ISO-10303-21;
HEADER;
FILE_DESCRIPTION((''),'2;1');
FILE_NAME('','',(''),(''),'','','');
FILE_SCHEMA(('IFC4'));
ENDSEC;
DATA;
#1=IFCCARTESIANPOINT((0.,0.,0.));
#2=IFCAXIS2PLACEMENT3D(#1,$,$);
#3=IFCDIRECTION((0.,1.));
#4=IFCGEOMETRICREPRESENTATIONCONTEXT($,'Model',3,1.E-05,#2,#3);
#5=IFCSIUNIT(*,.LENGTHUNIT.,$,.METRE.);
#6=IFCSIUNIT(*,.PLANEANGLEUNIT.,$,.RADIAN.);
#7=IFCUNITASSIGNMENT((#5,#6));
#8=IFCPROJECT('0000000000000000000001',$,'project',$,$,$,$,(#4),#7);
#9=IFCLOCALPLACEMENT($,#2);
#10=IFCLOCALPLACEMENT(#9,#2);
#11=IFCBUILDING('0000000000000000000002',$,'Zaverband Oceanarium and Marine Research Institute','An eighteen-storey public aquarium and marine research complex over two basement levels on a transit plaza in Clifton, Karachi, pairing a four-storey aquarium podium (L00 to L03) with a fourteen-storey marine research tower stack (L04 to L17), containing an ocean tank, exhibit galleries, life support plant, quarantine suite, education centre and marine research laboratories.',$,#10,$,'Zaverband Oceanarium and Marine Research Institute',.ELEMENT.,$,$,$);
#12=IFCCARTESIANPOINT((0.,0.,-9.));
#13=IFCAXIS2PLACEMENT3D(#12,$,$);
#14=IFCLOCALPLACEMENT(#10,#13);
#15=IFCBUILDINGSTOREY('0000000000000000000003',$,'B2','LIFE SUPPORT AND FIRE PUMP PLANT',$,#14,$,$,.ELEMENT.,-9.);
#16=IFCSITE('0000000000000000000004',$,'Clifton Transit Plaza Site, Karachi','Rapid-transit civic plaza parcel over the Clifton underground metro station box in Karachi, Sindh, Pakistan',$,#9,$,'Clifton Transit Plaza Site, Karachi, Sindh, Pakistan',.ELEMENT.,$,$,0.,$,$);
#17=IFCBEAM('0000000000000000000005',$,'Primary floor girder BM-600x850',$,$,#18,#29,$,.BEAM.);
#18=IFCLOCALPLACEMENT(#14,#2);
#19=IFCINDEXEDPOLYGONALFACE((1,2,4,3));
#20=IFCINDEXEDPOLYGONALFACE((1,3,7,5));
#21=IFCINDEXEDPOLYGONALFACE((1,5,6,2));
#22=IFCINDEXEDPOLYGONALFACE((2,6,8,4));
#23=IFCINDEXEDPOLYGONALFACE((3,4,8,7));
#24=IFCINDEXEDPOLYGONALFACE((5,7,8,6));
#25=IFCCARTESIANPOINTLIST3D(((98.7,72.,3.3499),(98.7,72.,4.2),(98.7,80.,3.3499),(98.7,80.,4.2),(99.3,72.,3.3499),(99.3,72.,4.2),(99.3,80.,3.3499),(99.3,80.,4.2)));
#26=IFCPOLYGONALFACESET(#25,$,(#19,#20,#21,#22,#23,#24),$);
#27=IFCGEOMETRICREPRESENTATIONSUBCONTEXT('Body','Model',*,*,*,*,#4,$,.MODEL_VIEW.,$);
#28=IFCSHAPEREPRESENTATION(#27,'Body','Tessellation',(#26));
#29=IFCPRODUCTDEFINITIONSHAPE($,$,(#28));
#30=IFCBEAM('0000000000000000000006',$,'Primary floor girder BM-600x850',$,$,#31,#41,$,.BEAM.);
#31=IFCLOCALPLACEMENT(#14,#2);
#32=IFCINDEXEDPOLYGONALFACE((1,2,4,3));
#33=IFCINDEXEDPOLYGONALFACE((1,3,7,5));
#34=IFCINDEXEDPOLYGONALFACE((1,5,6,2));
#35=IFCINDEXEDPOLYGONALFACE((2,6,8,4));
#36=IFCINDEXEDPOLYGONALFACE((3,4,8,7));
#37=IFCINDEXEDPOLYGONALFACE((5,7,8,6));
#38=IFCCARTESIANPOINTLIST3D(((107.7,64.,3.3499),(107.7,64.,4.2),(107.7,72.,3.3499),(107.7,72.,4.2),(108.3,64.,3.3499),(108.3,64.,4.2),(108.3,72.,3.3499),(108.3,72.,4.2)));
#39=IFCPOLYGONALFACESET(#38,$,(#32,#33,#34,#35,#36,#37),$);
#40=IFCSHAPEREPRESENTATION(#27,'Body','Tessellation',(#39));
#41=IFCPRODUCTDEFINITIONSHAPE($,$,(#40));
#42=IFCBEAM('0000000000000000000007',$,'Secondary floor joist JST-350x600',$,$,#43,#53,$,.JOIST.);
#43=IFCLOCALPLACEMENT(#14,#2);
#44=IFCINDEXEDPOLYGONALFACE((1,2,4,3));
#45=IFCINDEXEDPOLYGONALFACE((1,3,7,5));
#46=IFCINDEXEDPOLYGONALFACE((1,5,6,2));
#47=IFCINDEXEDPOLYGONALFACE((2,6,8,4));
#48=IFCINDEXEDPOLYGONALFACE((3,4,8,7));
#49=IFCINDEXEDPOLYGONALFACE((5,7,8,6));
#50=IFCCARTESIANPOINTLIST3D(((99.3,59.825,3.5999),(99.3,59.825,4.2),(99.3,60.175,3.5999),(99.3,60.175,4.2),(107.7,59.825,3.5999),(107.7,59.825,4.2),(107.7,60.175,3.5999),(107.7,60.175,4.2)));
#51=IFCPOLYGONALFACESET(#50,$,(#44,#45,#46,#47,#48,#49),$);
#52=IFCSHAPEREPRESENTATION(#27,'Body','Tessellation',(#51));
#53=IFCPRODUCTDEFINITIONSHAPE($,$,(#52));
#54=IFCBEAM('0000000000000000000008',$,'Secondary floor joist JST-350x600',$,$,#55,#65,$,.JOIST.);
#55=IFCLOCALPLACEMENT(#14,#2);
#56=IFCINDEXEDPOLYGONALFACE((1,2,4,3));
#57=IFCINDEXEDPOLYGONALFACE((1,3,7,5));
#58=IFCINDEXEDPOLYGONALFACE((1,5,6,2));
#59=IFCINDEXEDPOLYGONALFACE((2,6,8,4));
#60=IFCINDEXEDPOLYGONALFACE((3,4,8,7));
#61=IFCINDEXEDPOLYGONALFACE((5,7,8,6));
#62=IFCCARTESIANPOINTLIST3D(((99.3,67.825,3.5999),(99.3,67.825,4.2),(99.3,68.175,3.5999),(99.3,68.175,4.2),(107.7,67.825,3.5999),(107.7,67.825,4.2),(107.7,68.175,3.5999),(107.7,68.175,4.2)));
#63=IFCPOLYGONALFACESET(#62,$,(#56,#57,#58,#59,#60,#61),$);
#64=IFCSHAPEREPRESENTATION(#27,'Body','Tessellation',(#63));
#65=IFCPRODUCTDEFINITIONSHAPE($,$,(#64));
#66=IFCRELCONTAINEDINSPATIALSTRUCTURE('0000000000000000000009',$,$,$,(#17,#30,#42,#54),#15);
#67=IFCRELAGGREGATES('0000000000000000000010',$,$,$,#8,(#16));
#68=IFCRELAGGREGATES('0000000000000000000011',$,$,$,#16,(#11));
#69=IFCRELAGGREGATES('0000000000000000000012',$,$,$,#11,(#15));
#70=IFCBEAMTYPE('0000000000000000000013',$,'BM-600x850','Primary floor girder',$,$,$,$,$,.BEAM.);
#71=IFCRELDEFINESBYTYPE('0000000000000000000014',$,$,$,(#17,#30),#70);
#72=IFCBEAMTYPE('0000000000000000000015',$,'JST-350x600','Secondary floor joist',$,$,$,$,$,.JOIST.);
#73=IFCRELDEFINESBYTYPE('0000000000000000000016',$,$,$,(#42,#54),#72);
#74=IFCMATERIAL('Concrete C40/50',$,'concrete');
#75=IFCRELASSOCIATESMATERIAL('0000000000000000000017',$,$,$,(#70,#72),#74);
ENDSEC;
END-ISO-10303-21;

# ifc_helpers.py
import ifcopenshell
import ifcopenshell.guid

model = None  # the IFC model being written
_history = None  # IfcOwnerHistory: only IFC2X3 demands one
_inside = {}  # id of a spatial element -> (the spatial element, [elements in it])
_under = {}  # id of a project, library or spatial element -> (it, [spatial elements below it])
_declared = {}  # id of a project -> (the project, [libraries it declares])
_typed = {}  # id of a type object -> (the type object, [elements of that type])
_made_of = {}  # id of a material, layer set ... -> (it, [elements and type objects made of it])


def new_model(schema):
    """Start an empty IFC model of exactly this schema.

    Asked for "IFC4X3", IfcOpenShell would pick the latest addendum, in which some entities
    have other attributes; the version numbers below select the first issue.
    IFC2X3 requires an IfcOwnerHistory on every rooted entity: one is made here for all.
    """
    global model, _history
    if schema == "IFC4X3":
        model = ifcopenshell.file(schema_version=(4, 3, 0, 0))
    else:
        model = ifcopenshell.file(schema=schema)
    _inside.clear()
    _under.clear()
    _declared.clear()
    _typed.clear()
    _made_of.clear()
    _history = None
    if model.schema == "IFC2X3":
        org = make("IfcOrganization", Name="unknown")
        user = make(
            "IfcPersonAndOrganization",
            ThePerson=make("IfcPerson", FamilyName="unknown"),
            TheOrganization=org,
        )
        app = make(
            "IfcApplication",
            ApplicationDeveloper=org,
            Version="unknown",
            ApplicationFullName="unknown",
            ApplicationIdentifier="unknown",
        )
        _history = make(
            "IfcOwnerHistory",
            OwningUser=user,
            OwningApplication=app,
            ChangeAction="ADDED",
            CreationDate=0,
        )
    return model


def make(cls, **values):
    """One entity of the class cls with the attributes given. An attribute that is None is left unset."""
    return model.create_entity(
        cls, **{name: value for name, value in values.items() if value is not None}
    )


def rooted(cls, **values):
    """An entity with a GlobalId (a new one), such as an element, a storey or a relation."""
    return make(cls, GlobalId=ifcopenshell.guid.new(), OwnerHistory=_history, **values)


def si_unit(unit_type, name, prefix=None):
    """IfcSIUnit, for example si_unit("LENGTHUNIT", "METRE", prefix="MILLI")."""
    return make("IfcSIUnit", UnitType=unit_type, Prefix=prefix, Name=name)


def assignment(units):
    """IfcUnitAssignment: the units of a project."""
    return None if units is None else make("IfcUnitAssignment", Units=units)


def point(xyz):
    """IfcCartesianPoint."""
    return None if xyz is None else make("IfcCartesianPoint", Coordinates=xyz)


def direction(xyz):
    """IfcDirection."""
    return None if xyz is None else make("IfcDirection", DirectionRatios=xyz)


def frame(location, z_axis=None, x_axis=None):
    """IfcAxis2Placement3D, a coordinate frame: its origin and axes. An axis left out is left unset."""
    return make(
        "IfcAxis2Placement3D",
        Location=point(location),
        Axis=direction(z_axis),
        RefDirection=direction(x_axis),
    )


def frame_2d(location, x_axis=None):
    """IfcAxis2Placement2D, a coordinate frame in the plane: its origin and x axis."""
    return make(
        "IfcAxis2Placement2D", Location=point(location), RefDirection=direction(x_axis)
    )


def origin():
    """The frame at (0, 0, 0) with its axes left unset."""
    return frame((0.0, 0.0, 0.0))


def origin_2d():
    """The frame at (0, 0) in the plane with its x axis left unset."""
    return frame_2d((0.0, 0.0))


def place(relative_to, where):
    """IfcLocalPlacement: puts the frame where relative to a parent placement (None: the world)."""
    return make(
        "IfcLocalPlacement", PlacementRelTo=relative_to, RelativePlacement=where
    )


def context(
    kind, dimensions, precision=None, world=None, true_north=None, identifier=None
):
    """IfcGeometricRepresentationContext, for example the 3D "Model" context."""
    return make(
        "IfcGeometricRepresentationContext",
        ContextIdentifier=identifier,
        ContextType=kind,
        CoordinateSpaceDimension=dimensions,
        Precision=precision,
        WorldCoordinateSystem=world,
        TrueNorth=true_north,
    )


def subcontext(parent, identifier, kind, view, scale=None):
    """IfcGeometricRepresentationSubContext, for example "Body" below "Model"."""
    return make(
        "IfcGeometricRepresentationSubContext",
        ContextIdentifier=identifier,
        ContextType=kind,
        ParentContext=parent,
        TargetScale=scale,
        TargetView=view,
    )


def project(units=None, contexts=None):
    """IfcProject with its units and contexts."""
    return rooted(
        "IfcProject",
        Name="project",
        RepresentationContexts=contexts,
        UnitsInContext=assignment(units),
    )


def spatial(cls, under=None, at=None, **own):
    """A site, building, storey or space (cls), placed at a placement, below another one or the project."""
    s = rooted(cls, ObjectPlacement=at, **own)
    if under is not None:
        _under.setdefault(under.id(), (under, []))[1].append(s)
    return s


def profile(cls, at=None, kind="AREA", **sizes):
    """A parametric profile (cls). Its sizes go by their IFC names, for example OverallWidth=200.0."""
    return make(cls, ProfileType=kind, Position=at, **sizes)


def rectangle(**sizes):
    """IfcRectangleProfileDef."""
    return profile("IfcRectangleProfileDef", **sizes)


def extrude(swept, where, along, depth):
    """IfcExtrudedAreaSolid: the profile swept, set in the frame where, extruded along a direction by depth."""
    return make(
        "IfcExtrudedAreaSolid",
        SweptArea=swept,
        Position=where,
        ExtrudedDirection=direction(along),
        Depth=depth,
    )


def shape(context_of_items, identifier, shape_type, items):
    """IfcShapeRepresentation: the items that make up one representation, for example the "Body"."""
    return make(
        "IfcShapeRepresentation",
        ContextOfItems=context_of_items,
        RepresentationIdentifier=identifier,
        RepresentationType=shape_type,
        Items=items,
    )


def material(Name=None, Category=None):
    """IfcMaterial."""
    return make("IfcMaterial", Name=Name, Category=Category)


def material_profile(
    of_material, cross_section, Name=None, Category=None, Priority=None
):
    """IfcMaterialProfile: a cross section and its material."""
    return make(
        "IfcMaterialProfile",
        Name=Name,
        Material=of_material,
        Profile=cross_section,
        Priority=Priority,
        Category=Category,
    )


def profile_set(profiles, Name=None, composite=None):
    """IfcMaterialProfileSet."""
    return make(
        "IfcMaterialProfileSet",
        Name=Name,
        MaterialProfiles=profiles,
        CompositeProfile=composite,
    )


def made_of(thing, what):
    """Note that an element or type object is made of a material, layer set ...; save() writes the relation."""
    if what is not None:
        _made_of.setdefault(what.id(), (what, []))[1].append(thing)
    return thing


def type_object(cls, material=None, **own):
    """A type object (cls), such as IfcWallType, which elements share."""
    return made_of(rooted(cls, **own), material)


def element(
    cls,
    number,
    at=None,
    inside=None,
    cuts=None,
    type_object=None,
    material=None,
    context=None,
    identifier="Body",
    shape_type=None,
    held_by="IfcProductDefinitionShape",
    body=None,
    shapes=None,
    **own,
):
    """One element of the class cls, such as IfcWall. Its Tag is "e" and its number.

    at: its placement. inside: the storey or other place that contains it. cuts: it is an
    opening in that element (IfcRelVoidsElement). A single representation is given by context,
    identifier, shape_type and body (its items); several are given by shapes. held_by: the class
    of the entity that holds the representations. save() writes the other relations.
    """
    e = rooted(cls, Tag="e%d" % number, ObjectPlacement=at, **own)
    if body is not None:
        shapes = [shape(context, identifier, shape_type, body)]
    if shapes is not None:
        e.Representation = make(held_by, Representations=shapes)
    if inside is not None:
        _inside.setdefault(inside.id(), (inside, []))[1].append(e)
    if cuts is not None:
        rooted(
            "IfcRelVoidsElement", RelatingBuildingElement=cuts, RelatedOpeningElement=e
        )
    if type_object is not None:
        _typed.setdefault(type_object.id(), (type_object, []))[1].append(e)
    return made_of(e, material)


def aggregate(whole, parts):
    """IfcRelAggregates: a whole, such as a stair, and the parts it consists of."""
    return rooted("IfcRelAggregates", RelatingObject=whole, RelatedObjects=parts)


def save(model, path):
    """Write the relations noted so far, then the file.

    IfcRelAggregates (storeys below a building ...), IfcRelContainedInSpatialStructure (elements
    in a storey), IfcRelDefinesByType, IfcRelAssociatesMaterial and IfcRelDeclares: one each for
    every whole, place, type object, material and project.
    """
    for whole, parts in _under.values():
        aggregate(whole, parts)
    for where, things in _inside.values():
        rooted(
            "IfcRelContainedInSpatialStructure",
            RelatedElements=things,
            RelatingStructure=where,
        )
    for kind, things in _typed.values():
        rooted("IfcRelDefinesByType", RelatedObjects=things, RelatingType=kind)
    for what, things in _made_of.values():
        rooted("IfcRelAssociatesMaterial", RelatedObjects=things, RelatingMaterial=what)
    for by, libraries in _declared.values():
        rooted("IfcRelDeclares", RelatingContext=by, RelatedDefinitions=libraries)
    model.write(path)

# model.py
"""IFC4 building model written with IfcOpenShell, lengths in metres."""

from ifc_helpers import new_model, si_unit, direction, frame, origin, origin_2d, place, context, subcontext, project, spatial, rectangle, extrude, material, material_profile, profile_set, type_object, element, save


model = new_model("IFC4")

# Units and contexts
model_context = context("Model", 3, precision=1e-05, world=origin(), true_north=direction((0.0, 1.0)))
body_context = subcontext(model_context, "Body", "Model", "MODEL_VIEW")
ifc_project = project(units=[si_unit("LENGTHUNIT", "METRE"), si_unit("PLANEANGLEUNIT", "RADIAN")], contexts=[model_context])

# Site, building, storey
site_placement = place(None, origin())
site = spatial("IfcSite", under=ifc_project, at=site_placement, Name="Clifton Transit Plaza Site, Karachi", Description="Rapid-transit civic plaza parcel over the Clifton underground metro station box in Karachi, Sindh, Pakistan", LongName="Clifton Transit Plaza Site, Karachi, Sindh, Pakistan", CompositionType="ELEMENT", RefElevation=0.0)
building_placement = place(site_placement, origin())
building = spatial("IfcBuilding", under=site, at=building_placement, Name="Zaverband Oceanarium and Marine Research Institute", Description="An eighteen-storey public aquarium and marine research complex over two basement levels on a transit plaza in Clifton, Karachi, pairing a four-storey aquarium podium (L00 to L03) with a fourteen-storey marine research tower stack (L04 to L17), containing an ocean tank, exhibit galleries, life support plant, quarantine suite, education centre and marine research laboratories.", LongName="Zaverband Oceanarium and Marine Research Institute", CompositionType="ELEMENT")
storey_placement = place(building_placement, frame((0.0, 0.0, -9.0)))
storey = spatial("IfcBuildingStorey", under=building, at=storey_placement, Name="B2", Description="LIFE SUPPORT AND FIRE PUMP PLANT", CompositionType="ELEMENT", Elevation=-9.0)

# Beams
ifc_material_1 = material(Name="Concrete C40/50", Category="concrete")
ifc_material_profile_1 = material_profile(ifc_material_1, rectangle(XDim=0.6001, YDim=0.8501, at=origin_2d()), Name="RC600x850")
ifc_profile_set_1 = profile_set([ifc_material_profile_1], Name="Concrete C40/50")
beam_type_1 = type_object("IfcBeamType", Name="BM-600x850", Description="Primary floor girder", PredefinedType="BEAM", material=ifc_profile_set_1)
for number, where, z_axis, x_axis, name in (
    (1, (99.0, 72.0, 3.7749), (0.0, 1.0, 0.0), (-1.0, 0.0, 0.0), "Primary floor girder BM-600x850"),
    (2, (108.0, 64.0, 3.7749), (0.0, 1.0, 0.0), (-1.0, 0.0, 0.0), "Primary floor girder BM-600x850"),
):
    element("IfcBeam", number, at=place(storey_placement, frame(where, z_axis=z_axis, x_axis=x_axis)), inside=storey, type_object=beam_type_1, Name=name, PredefinedType="BEAM", context=body_context, shape_type="SweptSolid", body=[
        extrude(rectangle(XDim=0.6001, YDim=0.8501, at=origin_2d()), origin(), (0.0, 0.0, 1.0), 8.0),
    ])
ifc_material_profile_2 = material_profile(ifc_material_1, rectangle(XDim=0.3501, YDim=0.6001, at=origin_2d()), Name="RC350x600")
ifc_profile_set_2 = profile_set([ifc_material_profile_2], Name="Concrete C40/50")
beam_type_2 = type_object("IfcBeamType", Name="JST-350x600", Description="Secondary floor joist", PredefinedType="JOIST", material=ifc_profile_set_2)
for number, where, z_axis, x_axis, name in (
    (3, (99.3, 60.0, 3.8999), (1.0, 0.0, 0.0), (0.0, 1.0, 0.0), "Secondary floor joist JST-350x600"),
    (4, (99.3, 68.0, 3.8999), (1.0, 0.0, 0.0), (0.0, 1.0, 0.0), "Secondary floor joist JST-350x600"),
):
    element("IfcBeam", number, at=place(storey_placement, frame(where, z_axis=z_axis, x_axis=x_axis)), inside=storey, type_object=beam_type_2, Name=name, PredefinedType="JOIST", context=body_context, shape_type="SweptSolid", body=[
        extrude(rectangle(XDim=0.3501, YDim=0.6001, at=origin_2d()), origin(), (0.0, 0.0, 1.0), 8.3999),
    ])

save(model, "model.ifc")
